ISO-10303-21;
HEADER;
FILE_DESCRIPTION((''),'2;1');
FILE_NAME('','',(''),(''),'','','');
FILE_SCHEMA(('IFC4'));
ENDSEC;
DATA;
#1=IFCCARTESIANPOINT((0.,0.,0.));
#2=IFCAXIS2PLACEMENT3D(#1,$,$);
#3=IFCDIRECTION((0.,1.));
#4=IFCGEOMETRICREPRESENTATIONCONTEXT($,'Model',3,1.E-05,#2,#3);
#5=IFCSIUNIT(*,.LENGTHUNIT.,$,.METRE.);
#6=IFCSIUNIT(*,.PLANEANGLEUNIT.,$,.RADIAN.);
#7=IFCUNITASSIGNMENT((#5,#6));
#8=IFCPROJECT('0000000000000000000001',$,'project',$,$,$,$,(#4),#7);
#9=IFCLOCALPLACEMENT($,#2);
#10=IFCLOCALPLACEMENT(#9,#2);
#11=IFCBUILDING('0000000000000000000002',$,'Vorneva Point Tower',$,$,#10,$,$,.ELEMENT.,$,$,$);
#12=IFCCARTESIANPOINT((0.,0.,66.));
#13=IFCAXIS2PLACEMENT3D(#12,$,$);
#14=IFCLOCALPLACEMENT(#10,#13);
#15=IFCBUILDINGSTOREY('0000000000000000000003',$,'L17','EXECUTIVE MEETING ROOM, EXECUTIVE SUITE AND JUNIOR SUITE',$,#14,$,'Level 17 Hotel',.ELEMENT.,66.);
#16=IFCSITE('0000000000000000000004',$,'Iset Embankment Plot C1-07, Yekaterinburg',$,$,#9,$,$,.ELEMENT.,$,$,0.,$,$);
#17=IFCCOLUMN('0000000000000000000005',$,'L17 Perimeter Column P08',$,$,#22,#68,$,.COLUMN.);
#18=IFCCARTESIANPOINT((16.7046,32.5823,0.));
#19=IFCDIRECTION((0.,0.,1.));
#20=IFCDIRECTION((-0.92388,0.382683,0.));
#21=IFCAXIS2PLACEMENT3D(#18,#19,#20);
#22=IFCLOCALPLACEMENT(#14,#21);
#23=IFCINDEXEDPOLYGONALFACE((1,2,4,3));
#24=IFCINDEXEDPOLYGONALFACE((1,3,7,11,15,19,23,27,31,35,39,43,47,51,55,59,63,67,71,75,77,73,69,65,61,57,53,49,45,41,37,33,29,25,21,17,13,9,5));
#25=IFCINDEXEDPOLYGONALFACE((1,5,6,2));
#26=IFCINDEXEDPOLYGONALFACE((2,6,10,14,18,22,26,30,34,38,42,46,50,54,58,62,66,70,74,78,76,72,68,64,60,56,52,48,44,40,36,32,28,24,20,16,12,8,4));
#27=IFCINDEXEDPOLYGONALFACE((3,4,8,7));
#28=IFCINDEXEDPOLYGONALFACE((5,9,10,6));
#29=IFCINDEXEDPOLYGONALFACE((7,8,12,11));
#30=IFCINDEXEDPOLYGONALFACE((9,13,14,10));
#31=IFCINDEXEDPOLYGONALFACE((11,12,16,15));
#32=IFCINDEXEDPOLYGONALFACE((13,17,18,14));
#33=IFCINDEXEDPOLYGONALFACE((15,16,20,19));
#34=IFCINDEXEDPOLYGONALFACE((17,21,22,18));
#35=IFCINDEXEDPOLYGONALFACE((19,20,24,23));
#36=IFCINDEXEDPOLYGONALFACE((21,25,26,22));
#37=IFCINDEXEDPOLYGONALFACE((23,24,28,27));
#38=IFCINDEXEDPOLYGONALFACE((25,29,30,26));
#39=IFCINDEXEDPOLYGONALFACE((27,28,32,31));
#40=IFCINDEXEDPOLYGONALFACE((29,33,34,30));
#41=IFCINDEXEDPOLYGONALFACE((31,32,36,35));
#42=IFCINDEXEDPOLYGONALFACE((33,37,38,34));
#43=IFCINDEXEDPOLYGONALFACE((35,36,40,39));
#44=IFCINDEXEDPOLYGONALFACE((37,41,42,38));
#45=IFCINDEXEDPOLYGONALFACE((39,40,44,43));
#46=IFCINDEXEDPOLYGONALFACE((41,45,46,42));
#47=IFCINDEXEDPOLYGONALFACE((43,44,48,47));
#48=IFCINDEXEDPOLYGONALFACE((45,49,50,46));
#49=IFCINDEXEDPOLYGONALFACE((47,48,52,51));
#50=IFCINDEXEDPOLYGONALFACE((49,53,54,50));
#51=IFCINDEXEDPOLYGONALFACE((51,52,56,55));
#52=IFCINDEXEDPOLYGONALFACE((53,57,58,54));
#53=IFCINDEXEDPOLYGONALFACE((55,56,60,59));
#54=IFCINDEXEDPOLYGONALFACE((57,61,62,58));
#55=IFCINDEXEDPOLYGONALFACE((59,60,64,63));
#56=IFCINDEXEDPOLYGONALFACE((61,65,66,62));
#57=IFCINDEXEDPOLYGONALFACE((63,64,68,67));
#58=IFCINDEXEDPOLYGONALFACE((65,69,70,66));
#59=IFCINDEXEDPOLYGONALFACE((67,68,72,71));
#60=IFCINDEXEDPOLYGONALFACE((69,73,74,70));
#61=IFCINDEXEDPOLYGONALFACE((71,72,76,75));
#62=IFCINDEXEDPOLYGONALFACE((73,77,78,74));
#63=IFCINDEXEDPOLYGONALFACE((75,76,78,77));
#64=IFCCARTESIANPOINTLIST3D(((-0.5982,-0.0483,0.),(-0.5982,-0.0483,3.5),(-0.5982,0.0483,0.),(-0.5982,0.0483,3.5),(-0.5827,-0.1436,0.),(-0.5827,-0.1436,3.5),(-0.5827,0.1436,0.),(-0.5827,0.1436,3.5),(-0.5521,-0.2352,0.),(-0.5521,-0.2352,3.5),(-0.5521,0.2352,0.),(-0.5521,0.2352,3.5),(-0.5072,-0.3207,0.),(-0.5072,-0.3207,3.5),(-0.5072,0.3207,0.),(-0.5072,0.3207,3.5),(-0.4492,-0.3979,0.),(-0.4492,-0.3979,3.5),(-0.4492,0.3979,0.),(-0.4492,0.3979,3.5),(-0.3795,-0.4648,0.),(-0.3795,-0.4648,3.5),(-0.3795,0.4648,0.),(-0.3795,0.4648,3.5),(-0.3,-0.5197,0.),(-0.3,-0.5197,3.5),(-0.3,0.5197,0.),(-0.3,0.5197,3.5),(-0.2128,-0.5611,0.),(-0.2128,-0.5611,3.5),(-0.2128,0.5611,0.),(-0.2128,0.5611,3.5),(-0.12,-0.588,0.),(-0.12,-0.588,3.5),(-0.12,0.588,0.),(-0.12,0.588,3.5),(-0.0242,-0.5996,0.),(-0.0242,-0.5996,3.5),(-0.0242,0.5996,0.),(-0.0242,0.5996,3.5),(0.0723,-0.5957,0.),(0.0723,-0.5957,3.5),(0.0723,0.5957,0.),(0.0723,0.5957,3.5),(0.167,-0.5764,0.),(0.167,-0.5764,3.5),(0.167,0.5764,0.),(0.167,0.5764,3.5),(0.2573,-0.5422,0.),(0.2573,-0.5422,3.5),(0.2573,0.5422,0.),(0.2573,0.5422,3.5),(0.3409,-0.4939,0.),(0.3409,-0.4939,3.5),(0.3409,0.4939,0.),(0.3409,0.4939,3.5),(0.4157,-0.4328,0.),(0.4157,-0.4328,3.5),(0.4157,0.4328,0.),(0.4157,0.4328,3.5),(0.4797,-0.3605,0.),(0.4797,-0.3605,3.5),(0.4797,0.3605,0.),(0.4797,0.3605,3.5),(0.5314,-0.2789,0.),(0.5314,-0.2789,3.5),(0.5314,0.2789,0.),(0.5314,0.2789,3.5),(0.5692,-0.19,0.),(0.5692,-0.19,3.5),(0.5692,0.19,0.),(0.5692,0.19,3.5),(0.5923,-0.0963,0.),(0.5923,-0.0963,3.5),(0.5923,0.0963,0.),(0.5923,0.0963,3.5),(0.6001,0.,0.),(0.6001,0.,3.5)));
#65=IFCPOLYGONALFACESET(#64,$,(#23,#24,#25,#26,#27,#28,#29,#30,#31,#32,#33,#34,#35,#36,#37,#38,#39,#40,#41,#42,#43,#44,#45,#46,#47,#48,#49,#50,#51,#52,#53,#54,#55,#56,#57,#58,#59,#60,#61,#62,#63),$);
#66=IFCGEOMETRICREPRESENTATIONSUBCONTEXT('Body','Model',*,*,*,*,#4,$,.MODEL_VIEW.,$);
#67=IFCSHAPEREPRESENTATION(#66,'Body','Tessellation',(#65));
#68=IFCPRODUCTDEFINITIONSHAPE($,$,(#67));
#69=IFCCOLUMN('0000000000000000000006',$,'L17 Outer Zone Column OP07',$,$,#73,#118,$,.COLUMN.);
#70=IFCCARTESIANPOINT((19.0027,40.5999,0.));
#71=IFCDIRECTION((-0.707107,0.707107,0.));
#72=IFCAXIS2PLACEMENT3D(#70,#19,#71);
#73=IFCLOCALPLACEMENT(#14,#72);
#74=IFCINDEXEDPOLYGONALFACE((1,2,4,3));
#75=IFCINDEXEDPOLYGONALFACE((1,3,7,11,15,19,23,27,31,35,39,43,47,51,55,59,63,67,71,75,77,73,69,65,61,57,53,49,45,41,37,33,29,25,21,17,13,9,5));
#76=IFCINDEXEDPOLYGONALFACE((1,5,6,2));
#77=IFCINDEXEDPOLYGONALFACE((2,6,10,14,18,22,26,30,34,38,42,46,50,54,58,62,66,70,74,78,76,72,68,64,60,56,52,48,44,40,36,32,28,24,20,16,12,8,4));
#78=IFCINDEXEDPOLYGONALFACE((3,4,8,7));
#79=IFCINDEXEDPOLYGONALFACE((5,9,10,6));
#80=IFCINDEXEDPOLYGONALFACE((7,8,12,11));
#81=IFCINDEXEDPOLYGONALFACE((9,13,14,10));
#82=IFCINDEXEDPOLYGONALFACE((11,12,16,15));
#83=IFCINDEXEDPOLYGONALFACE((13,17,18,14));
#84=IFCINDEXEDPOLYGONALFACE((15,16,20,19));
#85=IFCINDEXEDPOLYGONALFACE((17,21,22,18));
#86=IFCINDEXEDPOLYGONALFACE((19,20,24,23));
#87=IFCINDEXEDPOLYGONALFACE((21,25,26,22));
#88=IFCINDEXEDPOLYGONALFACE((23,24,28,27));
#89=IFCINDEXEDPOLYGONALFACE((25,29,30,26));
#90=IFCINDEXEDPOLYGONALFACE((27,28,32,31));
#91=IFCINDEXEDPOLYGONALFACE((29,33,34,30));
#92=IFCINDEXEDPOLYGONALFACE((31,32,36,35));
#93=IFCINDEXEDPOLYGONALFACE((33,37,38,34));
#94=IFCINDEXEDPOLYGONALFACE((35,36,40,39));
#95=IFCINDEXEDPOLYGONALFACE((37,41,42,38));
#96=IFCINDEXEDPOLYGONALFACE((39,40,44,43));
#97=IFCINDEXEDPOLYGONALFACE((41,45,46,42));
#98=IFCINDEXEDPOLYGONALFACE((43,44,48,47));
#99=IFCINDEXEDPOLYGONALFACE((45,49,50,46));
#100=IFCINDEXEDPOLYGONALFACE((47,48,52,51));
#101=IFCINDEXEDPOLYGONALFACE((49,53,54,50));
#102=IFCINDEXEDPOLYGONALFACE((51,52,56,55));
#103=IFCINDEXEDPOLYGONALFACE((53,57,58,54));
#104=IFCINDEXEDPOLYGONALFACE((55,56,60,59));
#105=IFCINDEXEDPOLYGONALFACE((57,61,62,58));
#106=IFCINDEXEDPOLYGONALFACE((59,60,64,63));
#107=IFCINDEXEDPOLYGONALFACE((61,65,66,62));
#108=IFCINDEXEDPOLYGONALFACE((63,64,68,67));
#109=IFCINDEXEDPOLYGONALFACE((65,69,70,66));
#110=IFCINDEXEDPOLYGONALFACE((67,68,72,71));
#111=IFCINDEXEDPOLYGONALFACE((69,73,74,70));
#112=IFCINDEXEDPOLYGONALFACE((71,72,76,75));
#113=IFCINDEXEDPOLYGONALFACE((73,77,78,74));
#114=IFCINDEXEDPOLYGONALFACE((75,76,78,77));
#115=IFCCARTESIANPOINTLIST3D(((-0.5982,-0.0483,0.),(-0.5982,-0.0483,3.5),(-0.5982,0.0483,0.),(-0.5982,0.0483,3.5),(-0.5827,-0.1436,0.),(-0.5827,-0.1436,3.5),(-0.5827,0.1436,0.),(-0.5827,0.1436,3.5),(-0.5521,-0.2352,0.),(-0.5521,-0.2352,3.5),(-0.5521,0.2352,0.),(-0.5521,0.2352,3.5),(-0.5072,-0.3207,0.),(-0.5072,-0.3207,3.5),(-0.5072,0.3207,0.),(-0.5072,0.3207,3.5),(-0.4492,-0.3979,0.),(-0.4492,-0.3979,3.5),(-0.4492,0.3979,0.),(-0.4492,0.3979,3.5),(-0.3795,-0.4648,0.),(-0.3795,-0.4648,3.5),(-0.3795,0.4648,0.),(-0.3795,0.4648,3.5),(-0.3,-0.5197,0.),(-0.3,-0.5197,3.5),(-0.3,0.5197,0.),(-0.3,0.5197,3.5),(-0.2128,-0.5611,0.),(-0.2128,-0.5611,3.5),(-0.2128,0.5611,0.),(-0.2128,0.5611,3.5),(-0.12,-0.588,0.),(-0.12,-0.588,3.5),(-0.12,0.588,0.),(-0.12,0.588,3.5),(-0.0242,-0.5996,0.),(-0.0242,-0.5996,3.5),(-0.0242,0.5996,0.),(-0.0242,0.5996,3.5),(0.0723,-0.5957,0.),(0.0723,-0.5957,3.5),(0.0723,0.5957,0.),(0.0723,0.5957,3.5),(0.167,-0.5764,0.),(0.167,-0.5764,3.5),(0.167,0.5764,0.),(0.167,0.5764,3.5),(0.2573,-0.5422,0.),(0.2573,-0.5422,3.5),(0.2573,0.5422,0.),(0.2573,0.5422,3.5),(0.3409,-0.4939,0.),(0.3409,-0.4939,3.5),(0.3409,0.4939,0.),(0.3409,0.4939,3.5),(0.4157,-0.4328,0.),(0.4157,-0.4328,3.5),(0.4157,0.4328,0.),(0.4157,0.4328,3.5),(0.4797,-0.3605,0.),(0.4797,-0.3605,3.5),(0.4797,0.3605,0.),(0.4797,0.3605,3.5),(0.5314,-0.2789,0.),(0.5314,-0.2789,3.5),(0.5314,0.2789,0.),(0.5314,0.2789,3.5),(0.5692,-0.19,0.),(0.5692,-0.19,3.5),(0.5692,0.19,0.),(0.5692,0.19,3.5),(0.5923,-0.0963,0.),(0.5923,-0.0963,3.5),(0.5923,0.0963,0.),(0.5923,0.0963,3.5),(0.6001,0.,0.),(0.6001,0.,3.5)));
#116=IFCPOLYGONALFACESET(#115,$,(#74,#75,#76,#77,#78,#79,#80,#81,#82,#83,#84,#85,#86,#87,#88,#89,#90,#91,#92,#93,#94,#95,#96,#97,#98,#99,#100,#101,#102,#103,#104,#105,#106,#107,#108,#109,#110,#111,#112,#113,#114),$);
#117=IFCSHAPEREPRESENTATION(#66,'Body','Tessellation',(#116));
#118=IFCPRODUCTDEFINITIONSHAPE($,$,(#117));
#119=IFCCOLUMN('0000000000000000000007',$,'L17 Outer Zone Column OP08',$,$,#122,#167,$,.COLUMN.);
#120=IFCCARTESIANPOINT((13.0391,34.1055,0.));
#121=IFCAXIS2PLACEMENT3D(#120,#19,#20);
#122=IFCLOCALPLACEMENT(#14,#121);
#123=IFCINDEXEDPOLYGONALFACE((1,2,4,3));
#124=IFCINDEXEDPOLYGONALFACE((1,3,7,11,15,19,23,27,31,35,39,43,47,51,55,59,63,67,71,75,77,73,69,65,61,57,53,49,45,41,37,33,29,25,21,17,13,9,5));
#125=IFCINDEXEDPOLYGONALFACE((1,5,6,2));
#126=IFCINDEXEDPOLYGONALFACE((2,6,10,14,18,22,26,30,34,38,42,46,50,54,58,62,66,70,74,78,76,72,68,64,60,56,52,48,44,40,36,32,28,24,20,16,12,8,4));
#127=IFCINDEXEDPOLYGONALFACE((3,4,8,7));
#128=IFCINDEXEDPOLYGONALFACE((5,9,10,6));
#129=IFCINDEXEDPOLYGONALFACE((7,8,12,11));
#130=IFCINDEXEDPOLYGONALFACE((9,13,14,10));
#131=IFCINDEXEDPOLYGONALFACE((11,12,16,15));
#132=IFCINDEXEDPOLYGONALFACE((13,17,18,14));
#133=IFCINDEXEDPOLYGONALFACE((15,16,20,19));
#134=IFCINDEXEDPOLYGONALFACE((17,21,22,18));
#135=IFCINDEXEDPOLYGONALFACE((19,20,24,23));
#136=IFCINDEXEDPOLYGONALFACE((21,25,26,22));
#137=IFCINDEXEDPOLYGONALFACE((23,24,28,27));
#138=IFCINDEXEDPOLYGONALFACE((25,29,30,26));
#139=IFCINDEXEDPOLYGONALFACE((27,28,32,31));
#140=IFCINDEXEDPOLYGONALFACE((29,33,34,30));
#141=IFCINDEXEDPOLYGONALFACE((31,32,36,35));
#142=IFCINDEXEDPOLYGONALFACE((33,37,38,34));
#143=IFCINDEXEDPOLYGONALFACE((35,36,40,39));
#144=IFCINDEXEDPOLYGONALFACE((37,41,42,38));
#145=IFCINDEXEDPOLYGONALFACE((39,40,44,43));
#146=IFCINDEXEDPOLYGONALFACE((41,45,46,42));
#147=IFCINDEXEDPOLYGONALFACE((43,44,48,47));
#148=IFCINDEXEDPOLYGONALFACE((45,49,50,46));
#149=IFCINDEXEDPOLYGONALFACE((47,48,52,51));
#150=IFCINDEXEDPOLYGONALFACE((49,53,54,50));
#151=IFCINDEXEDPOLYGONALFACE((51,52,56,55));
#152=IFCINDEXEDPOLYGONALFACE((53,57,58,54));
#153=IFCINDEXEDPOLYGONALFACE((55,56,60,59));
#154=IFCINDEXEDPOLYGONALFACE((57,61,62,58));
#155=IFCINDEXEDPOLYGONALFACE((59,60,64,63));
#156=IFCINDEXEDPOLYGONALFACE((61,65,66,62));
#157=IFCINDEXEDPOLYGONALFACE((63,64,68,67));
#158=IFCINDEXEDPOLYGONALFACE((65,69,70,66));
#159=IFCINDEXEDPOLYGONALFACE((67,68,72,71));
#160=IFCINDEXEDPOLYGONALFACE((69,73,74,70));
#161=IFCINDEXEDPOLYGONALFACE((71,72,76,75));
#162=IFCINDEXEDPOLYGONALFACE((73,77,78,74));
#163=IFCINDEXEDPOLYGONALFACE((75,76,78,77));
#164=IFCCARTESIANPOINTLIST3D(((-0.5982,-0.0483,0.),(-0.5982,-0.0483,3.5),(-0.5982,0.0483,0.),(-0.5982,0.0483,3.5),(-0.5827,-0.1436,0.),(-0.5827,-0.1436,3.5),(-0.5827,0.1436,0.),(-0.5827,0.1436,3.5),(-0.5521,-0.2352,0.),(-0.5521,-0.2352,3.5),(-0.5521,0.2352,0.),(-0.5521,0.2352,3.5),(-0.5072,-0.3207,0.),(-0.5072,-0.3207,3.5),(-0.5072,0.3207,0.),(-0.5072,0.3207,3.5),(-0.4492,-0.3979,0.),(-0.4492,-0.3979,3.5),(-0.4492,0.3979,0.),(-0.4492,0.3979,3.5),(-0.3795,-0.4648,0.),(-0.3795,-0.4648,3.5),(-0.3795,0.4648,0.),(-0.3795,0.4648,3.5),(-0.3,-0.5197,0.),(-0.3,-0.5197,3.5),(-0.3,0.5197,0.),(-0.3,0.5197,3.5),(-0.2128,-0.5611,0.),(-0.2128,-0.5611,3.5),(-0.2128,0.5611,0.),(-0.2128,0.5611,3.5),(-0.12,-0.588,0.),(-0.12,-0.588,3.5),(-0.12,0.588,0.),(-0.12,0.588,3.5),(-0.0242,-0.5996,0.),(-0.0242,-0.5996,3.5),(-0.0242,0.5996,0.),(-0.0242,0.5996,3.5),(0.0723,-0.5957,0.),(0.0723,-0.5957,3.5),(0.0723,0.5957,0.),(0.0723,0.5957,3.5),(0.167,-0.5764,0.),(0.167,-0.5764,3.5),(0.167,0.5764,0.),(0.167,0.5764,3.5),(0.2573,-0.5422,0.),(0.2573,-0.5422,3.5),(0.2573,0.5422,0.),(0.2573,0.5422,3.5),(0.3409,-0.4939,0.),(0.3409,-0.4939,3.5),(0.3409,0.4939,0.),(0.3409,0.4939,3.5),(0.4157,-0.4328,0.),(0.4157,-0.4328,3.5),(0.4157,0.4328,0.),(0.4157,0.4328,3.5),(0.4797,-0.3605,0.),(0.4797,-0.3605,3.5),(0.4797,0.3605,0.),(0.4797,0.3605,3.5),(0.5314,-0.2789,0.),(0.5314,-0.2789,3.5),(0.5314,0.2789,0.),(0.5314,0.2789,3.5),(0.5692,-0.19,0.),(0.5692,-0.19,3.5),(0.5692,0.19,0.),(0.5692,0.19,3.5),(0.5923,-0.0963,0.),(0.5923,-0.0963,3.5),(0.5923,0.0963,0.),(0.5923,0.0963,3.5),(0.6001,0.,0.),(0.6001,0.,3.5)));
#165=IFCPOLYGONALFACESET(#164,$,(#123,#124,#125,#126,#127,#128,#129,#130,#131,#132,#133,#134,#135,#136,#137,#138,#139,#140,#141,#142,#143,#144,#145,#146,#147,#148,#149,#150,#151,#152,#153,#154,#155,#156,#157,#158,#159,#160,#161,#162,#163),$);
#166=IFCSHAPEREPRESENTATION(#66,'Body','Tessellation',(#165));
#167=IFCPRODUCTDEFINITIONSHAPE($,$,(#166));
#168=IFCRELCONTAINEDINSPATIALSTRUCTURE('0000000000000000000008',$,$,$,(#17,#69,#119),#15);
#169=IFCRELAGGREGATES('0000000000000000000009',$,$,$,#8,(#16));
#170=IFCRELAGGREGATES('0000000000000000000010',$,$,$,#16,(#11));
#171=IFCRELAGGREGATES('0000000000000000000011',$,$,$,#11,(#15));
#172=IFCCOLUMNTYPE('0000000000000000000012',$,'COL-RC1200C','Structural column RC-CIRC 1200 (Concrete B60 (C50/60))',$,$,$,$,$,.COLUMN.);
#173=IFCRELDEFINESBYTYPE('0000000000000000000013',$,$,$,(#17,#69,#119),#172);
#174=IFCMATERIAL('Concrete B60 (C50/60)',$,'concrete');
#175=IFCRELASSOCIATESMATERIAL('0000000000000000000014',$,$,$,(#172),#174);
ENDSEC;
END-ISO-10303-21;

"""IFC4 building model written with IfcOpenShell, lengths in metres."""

from ifc_helpers import new_model, si_unit, direction, frame, origin, origin_2d, place, context, subcontext, project, spatial, circle, extrude, material, material_profile, profile_set, type_object, element, save


model = new_model("IFC4")

# Units and contexts
model_context = context("Model", 3, precision=1e-05, world=origin(), true_north=direction((0.0, 1.0)))
body_context = subcontext(model_context, "Body", "Model", "MODEL_VIEW")
ifc_project = project(units=[si_unit("LENGTHUNIT", "METRE"), si_unit("PLANEANGLEUNIT", "RADIAN")], contexts=[model_context])

# Site, building, storey
site_placement = place(None, origin())
site = spatial("IfcSite", under=ifc_project, at=site_placement, Name="Iset Embankment Plot C1-07, Yekaterinburg", CompositionType="ELEMENT", RefElevation=0.0)
building_placement = place(site_placement, origin())
building = spatial("IfcBuilding", under=site, at=building_placement, Name="Vorneva Point Tower", CompositionType="ELEMENT")
storey_placement = place(building_placement, frame((0.0, 0.0, 66.0)))
storey = spatial("IfcBuildingStorey", under=building, at=storey_placement, Name="L17", Description="EXECUTIVE MEETING ROOM, EXECUTIVE SUITE AND JUNIOR SUITE", LongName="Level 17 Hotel", CompositionType="ELEMENT", Elevation=66.0)

# Columns
ifc_material_1 = material(Name="Concrete B60 (C50/60)", Category="concrete")
ifc_material_profile_1 = material_profile(ifc_material_1, circle(Radius=0.6001, at=origin_2d()), Name="RC-CIRC 1200")
ifc_profile_set_1 = profile_set([ifc_material_profile_1], Name="Concrete B60 (C50/60)")
column_type = type_object("IfcColumnType", Name="COL-RC1200C", Description="Structural column RC-CIRC 1200 (Concrete B60 (C50/60))", PredefinedType="COLUMN", material=ifc_profile_set_1)
for number, where, z_axis, x_axis, name in (
    (1, (16.7046, 32.5823, 0.0), (0.0, 0.0, 1.0), (-0.92388, 0.382683, 0.0), "L17 Perimeter Column P08"),
    (2, (19.0027, 40.5999, 0.0), (0.0, 0.0, 1.0), (-0.707107, 0.707107, 0.0), "L17 Outer Zone Column OP07"),
    (3, (13.0391, 34.1055, 0.0), (0.0, 0.0, 1.0), (-0.92388, 0.382683, 0.0), "L17 Outer Zone Column OP08"),
):
    element("IfcColumn", number, at=place(storey_placement, frame(where, z_axis=z_axis, x_axis=x_axis)), inside=storey, type_object=column_type, Name=name, PredefinedType="COLUMN", context=body_context, shape_type="SweptSolid", body=[
        extrude(circle(Radius=0.6001, at=origin_2d()), origin(), (0.0, 0.0, 1.0), 3.5),
    ])

save(model, "model.ifc")
